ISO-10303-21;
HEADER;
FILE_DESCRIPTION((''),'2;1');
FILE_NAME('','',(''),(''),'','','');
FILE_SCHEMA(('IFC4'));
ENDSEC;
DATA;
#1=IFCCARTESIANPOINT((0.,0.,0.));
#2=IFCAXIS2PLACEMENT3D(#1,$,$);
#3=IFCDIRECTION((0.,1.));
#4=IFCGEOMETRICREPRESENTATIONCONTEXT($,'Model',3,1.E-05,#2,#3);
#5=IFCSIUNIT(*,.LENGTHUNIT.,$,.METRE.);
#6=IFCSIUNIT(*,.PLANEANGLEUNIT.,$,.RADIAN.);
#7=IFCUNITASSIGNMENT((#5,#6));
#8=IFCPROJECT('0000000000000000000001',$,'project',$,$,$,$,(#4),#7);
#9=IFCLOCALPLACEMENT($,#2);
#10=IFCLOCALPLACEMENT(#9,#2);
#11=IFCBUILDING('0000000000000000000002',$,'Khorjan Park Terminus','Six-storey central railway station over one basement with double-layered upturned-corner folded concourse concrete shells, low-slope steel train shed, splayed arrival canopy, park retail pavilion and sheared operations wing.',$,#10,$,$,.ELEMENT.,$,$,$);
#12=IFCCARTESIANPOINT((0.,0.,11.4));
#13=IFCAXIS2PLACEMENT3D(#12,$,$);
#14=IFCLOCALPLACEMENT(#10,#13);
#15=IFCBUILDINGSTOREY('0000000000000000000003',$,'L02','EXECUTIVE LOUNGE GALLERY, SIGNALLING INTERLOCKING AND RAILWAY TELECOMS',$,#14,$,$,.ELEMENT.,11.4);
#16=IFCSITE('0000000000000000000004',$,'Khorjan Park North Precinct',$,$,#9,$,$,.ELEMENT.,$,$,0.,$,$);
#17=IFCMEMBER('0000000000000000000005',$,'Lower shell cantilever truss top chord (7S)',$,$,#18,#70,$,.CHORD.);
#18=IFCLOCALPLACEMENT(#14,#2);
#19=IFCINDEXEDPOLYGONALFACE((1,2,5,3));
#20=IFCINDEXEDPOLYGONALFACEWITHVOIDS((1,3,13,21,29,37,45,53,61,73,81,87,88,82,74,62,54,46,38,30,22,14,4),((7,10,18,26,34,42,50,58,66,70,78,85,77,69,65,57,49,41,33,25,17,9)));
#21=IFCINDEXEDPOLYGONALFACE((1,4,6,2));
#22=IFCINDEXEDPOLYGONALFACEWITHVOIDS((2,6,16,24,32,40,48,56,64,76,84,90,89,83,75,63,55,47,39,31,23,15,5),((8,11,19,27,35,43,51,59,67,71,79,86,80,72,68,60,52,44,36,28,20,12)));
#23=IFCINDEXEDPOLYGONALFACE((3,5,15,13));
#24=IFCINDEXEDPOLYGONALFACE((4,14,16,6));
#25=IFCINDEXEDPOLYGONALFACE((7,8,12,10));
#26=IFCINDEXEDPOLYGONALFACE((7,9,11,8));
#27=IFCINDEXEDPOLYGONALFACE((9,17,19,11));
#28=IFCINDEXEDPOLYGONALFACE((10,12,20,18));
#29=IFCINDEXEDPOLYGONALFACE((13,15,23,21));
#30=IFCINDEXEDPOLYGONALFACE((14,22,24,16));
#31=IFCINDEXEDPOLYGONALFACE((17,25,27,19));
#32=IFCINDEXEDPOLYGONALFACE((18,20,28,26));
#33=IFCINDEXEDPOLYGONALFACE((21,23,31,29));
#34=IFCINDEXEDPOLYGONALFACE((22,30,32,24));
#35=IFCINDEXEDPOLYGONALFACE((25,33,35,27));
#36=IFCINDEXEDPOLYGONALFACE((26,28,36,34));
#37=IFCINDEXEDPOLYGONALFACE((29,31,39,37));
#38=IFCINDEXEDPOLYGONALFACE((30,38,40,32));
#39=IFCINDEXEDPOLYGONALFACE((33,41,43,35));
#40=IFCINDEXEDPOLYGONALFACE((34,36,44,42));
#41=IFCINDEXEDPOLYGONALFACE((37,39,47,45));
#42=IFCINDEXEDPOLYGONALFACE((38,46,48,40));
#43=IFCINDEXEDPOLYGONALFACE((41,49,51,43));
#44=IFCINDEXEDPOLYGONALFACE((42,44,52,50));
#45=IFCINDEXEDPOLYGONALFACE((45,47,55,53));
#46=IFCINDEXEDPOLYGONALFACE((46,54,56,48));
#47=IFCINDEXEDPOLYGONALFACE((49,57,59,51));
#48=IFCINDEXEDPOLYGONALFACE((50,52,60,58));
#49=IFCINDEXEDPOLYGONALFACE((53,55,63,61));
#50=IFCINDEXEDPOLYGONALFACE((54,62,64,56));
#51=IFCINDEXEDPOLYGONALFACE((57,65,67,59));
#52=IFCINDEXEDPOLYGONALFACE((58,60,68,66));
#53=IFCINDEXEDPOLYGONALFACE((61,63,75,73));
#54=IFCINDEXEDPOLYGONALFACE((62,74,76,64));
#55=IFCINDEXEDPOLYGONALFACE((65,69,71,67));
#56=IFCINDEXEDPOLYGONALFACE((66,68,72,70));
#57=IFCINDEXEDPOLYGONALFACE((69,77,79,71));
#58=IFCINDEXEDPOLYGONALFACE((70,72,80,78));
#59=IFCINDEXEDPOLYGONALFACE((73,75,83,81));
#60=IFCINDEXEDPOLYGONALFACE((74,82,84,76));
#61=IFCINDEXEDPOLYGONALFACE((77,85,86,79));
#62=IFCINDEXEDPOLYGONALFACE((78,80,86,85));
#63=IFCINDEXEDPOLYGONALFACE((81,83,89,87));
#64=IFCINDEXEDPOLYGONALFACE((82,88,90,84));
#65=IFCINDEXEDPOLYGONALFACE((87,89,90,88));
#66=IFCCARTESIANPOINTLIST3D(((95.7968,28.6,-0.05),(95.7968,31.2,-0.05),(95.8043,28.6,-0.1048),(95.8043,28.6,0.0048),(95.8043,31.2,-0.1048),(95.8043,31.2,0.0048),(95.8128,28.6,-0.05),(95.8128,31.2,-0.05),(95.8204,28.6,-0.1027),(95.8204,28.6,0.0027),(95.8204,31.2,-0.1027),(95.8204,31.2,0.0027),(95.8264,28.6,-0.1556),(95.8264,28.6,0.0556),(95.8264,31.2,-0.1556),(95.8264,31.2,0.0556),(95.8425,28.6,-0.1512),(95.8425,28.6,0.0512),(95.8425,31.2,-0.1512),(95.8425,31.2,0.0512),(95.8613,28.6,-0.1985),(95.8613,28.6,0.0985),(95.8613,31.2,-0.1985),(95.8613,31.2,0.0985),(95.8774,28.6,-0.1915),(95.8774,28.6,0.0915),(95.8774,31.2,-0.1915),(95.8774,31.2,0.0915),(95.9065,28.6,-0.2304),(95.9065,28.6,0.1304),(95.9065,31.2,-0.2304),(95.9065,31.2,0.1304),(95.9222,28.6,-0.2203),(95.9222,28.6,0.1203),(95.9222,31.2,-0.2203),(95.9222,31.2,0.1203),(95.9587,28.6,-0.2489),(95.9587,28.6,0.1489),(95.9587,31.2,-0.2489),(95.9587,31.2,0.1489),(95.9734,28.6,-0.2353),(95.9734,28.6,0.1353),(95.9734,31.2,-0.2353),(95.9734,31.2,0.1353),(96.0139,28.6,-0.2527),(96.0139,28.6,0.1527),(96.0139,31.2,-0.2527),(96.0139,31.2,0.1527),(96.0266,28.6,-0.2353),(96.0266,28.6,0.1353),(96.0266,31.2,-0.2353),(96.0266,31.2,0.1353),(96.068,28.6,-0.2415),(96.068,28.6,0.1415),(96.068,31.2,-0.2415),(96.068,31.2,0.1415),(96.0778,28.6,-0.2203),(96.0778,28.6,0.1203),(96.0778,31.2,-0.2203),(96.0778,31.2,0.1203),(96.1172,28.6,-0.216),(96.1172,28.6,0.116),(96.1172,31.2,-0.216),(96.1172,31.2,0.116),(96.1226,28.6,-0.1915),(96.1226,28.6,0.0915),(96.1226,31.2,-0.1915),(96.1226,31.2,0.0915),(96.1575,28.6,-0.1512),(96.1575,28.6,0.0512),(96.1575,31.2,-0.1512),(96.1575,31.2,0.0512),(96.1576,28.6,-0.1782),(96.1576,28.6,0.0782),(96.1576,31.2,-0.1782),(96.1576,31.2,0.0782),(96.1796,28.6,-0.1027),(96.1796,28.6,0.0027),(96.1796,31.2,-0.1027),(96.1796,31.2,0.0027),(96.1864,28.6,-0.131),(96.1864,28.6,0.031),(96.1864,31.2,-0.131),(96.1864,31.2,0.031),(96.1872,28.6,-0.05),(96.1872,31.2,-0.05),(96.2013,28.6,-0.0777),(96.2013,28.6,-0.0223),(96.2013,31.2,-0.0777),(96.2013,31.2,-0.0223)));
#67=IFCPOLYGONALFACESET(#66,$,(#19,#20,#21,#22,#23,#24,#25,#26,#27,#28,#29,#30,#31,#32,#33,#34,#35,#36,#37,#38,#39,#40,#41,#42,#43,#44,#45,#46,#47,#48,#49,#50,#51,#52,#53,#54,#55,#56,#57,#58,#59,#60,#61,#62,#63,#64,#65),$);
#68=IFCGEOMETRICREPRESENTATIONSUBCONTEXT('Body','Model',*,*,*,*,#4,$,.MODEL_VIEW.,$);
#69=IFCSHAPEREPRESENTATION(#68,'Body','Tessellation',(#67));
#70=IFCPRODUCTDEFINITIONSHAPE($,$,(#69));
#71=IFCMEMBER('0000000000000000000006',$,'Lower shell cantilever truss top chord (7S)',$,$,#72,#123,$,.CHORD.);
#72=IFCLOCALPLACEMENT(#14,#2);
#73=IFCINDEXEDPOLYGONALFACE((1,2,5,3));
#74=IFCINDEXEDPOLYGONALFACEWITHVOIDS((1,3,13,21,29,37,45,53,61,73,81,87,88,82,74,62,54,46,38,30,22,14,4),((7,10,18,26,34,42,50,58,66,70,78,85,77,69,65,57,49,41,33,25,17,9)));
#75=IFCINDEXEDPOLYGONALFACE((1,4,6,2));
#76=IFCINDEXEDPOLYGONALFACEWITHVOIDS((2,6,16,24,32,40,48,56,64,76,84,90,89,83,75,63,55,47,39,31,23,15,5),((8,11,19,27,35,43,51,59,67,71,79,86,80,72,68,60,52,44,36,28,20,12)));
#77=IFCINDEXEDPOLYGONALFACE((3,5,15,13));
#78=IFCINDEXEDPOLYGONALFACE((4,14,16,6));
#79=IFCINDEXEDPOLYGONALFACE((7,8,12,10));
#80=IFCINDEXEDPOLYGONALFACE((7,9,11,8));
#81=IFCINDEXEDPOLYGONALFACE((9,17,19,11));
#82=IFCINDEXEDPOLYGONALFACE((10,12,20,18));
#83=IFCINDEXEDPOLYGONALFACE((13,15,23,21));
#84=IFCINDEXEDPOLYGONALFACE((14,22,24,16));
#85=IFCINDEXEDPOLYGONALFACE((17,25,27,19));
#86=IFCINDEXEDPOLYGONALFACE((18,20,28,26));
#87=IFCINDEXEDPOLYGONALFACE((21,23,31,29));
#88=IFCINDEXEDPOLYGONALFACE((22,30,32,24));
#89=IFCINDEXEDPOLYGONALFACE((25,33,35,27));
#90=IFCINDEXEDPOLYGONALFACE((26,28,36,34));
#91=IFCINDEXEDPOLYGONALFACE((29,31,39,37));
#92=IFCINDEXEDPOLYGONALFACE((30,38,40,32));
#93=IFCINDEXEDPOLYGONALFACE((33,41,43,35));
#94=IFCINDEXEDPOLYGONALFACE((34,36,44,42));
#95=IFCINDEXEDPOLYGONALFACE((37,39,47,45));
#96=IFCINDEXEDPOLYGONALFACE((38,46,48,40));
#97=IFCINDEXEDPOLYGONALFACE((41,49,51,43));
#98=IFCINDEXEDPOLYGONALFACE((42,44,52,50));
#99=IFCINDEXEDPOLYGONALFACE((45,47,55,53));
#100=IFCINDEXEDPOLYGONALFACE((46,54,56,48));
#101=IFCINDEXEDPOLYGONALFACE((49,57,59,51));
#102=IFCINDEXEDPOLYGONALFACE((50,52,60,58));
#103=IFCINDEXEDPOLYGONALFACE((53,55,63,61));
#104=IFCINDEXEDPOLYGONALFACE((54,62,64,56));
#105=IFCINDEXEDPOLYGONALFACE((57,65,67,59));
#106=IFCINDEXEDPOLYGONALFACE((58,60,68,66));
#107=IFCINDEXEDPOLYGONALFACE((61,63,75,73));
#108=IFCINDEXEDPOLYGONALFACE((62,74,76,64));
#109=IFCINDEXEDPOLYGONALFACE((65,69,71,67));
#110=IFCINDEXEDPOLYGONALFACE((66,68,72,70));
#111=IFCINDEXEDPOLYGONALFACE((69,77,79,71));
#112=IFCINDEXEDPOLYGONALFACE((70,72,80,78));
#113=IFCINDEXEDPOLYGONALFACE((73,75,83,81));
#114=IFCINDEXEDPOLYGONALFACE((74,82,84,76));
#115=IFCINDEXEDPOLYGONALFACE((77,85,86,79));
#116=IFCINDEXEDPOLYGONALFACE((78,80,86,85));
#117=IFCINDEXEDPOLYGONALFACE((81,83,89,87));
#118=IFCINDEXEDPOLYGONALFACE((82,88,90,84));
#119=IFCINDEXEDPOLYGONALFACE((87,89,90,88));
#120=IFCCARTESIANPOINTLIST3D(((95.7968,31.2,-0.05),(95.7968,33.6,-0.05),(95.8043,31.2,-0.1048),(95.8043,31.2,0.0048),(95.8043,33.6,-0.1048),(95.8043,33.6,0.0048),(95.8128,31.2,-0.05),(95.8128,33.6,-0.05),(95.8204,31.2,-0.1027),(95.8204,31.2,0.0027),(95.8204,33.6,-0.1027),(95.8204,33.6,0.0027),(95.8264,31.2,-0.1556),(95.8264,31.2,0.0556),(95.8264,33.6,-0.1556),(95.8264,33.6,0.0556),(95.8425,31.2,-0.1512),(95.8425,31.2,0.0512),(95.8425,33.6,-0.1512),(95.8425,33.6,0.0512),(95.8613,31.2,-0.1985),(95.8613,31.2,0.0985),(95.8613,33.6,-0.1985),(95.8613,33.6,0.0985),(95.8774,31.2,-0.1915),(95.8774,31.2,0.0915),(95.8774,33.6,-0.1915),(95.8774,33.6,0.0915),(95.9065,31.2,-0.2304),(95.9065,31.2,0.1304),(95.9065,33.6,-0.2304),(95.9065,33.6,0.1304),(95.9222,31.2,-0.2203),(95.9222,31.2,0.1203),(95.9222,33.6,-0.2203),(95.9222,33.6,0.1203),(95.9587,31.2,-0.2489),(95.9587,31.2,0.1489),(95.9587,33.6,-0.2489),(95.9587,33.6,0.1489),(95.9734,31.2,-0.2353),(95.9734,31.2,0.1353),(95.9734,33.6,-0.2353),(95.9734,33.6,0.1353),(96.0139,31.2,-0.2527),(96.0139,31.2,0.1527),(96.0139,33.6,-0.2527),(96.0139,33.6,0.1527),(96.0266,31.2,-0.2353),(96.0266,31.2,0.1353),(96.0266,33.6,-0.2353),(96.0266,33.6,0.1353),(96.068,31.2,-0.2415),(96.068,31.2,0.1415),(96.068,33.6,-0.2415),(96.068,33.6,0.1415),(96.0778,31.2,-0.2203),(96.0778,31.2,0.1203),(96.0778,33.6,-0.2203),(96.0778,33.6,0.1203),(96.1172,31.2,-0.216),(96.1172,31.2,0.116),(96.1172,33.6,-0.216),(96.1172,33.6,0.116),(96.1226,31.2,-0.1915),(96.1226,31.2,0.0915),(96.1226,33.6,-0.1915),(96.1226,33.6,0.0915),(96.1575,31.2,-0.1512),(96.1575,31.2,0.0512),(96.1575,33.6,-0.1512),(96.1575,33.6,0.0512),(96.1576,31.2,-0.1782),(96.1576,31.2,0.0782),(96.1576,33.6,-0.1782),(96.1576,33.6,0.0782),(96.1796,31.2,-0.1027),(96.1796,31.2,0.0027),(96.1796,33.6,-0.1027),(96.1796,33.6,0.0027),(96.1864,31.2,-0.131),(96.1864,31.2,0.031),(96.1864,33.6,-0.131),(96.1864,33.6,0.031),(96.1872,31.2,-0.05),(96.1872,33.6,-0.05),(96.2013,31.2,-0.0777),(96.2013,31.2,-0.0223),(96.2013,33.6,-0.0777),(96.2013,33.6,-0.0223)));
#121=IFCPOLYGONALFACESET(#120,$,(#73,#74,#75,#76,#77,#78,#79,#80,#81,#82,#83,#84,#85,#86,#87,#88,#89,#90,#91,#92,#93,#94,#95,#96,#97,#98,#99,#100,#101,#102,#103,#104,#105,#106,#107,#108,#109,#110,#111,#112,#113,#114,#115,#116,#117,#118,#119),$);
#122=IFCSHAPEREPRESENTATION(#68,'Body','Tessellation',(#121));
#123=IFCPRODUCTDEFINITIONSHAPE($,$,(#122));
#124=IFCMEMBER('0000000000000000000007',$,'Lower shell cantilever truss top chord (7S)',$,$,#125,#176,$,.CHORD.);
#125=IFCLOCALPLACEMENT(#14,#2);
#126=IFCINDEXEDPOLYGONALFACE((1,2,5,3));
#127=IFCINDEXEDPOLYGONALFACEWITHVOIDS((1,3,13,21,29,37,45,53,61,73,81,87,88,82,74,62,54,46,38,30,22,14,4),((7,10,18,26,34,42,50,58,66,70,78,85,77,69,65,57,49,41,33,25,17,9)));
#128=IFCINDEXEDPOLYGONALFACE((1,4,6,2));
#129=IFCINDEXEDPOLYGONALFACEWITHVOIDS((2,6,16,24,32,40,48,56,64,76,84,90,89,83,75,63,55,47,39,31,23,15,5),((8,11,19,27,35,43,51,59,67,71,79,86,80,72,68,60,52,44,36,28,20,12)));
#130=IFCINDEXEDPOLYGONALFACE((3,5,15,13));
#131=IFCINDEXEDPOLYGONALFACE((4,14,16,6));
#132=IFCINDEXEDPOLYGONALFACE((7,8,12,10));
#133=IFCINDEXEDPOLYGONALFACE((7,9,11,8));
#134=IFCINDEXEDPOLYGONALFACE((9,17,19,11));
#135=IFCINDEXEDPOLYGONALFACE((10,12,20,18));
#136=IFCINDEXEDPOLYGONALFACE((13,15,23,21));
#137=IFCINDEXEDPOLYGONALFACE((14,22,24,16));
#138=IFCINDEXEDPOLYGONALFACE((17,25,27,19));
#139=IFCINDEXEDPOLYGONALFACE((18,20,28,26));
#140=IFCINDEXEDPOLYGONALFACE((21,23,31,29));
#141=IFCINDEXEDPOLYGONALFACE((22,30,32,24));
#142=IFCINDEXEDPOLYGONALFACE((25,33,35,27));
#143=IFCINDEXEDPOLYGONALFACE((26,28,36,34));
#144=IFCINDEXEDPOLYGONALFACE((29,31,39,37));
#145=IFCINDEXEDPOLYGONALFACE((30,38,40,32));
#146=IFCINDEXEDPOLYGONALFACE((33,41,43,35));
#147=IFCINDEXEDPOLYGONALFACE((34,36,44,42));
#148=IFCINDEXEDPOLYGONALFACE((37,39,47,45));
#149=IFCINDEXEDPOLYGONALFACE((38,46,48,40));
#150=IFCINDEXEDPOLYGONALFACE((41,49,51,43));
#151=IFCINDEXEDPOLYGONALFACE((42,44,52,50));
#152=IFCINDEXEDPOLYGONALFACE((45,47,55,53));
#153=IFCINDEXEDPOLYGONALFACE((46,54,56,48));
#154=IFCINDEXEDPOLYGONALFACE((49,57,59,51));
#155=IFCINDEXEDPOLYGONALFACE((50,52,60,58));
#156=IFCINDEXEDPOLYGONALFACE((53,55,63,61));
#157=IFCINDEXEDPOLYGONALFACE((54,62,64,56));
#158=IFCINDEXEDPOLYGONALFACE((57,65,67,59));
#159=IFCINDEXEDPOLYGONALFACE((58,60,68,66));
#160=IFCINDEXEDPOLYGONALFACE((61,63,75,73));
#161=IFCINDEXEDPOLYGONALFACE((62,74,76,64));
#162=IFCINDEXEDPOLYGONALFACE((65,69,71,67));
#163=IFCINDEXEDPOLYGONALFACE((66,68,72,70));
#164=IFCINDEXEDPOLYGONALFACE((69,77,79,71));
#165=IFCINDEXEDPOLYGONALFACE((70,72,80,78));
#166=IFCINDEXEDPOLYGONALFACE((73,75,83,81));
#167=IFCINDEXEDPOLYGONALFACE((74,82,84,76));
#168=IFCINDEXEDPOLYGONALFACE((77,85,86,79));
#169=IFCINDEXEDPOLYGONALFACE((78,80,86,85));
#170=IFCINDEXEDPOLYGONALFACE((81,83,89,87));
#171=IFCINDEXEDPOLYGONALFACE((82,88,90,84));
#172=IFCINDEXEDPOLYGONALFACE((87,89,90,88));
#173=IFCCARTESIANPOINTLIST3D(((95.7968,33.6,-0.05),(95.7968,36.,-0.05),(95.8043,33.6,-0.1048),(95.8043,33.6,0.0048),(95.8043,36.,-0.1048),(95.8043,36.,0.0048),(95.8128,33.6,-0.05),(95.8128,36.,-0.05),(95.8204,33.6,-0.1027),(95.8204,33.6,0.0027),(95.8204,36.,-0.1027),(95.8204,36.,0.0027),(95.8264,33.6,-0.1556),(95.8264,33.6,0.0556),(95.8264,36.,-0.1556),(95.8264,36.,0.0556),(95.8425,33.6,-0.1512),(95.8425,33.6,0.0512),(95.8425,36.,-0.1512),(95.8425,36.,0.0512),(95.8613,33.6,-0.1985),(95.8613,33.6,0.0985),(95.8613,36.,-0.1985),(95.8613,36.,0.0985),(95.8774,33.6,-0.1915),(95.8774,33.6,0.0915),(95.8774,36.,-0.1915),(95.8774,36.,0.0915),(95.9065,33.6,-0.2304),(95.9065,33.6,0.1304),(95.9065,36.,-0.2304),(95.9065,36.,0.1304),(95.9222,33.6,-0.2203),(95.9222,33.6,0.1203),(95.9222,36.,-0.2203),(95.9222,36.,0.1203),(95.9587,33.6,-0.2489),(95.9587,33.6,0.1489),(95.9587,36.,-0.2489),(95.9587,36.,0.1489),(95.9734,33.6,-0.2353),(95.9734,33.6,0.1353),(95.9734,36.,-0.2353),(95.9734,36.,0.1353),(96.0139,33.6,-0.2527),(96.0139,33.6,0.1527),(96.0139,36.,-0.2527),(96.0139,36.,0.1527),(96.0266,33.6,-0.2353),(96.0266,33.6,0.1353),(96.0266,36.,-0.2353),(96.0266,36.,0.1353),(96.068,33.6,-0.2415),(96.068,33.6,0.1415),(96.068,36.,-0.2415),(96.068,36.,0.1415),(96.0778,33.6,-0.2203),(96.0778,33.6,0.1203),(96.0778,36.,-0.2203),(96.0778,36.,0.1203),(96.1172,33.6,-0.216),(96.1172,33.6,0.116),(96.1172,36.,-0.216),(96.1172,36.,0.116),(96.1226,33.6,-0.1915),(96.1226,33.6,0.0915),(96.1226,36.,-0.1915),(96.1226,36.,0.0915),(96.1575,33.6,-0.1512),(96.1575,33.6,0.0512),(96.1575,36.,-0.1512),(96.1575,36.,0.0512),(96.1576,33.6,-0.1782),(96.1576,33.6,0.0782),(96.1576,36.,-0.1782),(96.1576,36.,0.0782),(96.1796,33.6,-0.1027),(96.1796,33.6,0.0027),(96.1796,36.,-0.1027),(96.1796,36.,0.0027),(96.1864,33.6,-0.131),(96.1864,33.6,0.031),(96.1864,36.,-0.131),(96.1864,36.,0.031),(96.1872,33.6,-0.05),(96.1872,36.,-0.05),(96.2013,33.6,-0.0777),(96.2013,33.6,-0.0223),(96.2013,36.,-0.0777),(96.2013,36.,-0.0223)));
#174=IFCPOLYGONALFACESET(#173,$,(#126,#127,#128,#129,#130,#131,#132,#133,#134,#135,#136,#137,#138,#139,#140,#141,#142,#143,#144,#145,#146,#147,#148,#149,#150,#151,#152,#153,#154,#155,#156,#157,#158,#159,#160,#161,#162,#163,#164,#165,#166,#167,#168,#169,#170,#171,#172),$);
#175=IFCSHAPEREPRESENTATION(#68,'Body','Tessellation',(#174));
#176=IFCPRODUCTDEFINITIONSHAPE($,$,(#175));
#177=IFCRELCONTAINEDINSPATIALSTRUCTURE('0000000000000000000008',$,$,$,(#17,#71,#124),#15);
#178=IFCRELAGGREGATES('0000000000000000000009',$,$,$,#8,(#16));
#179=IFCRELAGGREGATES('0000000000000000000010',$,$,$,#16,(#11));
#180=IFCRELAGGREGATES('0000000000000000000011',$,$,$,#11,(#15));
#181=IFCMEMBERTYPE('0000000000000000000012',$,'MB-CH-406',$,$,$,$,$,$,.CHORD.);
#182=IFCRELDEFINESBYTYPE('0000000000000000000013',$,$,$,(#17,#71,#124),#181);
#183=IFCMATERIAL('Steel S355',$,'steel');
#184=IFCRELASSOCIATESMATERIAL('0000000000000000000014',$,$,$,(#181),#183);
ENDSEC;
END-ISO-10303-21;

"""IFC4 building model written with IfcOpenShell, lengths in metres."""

from ifc_helpers import new_model, si_unit, direction, frame, origin, origin_2d, place, context, subcontext, project, spatial, hollow_circle, extrude, material, material_profile, profile_set, type_object, element, save


model = new_model("IFC4")

# Units and contexts
model_context = context("Model", 3, precision=1e-05, world=origin(), true_north=direction((0.0, 1.0)))
body_context = subcontext(model_context, "Body", "Model", "MODEL_VIEW")
ifc_project = project(units=[si_unit("LENGTHUNIT", "METRE"), si_unit("PLANEANGLEUNIT", "RADIAN")], contexts=[model_context])

# Site, building, storey
site_placement = place(None, origin())
site = spatial("IfcSite", under=ifc_project, at=site_placement, Name="Khorjan Park North Precinct", CompositionType="ELEMENT", RefElevation=0.0)
building_placement = place(site_placement, origin())
building = spatial("IfcBuilding", under=site, at=building_placement, Name="Khorjan Park Terminus", Description="Six-storey central railway station over one basement with double-layered upturned-corner folded concourse concrete shells, low-slope steel train shed, splayed arrival canopy, park retail pavilion and sheared operations wing.", CompositionType="ELEMENT")
storey_placement = place(building_placement, frame((0.0, 0.0, 11.4)))
storey = spatial("IfcBuildingStorey", under=building, at=storey_placement, Name="L02", Description="EXECUTIVE LOUNGE GALLERY, SIGNALLING INTERLOCKING AND RAILWAY TELECOMS", CompositionType="ELEMENT", Elevation=11.4)

# Shared definitions
ifc_material_1 = material(Name="Steel S355", Category="steel")

# Members
ifc_material_profile_1 = material_profile(ifc_material_1, hollow_circle(Radius=0.2032, WallThickness=0.016, at=origin_2d()), Name="CHS 406.4x16")
ifc_profile_set_1 = profile_set([ifc_material_profile_1], Name="Steel S355")
member_type_1 = type_object("IfcMemberType", Name="MB-CH-406", PredefinedType="CHORD", material=ifc_profile_set_1)
for number, where, z_axis, x_axis, name in (
    (1, (96.0, 28.6, -0.05), (0.0, 1.0, 0.0), (-1.0, 0.0, 0.0), "Lower shell cantilever truss top chord (7S)"),
):
    element("IfcMember", number, at=place(storey_placement, frame(where, z_axis=z_axis, x_axis=x_axis)), inside=storey, type_object=member_type_1, Name=name, PredefinedType="CHORD", context=body_context, shape_type="SweptSolid", body=[
        extrude(hollow_circle(Radius=0.2032, WallThickness=0.016, at=origin_2d()), origin(), (0.0, 0.0, 1.0), 2.6),
    ])
for number, where, z_axis, x_axis, name in (
    (2, (96.0, 31.2, -0.05), (0.0, 1.0, 0.0), (-1.0, 0.0, 0.0), "Lower shell cantilever truss top chord (7S)"),
    (3, (96.0, 33.6, -0.05), (0.0, 1.0, 0.0), (-1.0, 0.0, 0.0), "Lower shell cantilever truss top chord (7S)"),
):
    element("IfcMember", number, at=place(storey_placement, frame(where, z_axis=z_axis, x_axis=x_axis)), inside=storey, type_object=member_type_1, Name=name, PredefinedType="CHORD", context=body_context, shape_type="SweptSolid", body=[
        extrude(hollow_circle(Radius=0.2032, WallThickness=0.016, at=origin_2d()), origin(), (0.0, 0.0, 1.0), 2.4),
    ])

save(model, "model.ifc")
